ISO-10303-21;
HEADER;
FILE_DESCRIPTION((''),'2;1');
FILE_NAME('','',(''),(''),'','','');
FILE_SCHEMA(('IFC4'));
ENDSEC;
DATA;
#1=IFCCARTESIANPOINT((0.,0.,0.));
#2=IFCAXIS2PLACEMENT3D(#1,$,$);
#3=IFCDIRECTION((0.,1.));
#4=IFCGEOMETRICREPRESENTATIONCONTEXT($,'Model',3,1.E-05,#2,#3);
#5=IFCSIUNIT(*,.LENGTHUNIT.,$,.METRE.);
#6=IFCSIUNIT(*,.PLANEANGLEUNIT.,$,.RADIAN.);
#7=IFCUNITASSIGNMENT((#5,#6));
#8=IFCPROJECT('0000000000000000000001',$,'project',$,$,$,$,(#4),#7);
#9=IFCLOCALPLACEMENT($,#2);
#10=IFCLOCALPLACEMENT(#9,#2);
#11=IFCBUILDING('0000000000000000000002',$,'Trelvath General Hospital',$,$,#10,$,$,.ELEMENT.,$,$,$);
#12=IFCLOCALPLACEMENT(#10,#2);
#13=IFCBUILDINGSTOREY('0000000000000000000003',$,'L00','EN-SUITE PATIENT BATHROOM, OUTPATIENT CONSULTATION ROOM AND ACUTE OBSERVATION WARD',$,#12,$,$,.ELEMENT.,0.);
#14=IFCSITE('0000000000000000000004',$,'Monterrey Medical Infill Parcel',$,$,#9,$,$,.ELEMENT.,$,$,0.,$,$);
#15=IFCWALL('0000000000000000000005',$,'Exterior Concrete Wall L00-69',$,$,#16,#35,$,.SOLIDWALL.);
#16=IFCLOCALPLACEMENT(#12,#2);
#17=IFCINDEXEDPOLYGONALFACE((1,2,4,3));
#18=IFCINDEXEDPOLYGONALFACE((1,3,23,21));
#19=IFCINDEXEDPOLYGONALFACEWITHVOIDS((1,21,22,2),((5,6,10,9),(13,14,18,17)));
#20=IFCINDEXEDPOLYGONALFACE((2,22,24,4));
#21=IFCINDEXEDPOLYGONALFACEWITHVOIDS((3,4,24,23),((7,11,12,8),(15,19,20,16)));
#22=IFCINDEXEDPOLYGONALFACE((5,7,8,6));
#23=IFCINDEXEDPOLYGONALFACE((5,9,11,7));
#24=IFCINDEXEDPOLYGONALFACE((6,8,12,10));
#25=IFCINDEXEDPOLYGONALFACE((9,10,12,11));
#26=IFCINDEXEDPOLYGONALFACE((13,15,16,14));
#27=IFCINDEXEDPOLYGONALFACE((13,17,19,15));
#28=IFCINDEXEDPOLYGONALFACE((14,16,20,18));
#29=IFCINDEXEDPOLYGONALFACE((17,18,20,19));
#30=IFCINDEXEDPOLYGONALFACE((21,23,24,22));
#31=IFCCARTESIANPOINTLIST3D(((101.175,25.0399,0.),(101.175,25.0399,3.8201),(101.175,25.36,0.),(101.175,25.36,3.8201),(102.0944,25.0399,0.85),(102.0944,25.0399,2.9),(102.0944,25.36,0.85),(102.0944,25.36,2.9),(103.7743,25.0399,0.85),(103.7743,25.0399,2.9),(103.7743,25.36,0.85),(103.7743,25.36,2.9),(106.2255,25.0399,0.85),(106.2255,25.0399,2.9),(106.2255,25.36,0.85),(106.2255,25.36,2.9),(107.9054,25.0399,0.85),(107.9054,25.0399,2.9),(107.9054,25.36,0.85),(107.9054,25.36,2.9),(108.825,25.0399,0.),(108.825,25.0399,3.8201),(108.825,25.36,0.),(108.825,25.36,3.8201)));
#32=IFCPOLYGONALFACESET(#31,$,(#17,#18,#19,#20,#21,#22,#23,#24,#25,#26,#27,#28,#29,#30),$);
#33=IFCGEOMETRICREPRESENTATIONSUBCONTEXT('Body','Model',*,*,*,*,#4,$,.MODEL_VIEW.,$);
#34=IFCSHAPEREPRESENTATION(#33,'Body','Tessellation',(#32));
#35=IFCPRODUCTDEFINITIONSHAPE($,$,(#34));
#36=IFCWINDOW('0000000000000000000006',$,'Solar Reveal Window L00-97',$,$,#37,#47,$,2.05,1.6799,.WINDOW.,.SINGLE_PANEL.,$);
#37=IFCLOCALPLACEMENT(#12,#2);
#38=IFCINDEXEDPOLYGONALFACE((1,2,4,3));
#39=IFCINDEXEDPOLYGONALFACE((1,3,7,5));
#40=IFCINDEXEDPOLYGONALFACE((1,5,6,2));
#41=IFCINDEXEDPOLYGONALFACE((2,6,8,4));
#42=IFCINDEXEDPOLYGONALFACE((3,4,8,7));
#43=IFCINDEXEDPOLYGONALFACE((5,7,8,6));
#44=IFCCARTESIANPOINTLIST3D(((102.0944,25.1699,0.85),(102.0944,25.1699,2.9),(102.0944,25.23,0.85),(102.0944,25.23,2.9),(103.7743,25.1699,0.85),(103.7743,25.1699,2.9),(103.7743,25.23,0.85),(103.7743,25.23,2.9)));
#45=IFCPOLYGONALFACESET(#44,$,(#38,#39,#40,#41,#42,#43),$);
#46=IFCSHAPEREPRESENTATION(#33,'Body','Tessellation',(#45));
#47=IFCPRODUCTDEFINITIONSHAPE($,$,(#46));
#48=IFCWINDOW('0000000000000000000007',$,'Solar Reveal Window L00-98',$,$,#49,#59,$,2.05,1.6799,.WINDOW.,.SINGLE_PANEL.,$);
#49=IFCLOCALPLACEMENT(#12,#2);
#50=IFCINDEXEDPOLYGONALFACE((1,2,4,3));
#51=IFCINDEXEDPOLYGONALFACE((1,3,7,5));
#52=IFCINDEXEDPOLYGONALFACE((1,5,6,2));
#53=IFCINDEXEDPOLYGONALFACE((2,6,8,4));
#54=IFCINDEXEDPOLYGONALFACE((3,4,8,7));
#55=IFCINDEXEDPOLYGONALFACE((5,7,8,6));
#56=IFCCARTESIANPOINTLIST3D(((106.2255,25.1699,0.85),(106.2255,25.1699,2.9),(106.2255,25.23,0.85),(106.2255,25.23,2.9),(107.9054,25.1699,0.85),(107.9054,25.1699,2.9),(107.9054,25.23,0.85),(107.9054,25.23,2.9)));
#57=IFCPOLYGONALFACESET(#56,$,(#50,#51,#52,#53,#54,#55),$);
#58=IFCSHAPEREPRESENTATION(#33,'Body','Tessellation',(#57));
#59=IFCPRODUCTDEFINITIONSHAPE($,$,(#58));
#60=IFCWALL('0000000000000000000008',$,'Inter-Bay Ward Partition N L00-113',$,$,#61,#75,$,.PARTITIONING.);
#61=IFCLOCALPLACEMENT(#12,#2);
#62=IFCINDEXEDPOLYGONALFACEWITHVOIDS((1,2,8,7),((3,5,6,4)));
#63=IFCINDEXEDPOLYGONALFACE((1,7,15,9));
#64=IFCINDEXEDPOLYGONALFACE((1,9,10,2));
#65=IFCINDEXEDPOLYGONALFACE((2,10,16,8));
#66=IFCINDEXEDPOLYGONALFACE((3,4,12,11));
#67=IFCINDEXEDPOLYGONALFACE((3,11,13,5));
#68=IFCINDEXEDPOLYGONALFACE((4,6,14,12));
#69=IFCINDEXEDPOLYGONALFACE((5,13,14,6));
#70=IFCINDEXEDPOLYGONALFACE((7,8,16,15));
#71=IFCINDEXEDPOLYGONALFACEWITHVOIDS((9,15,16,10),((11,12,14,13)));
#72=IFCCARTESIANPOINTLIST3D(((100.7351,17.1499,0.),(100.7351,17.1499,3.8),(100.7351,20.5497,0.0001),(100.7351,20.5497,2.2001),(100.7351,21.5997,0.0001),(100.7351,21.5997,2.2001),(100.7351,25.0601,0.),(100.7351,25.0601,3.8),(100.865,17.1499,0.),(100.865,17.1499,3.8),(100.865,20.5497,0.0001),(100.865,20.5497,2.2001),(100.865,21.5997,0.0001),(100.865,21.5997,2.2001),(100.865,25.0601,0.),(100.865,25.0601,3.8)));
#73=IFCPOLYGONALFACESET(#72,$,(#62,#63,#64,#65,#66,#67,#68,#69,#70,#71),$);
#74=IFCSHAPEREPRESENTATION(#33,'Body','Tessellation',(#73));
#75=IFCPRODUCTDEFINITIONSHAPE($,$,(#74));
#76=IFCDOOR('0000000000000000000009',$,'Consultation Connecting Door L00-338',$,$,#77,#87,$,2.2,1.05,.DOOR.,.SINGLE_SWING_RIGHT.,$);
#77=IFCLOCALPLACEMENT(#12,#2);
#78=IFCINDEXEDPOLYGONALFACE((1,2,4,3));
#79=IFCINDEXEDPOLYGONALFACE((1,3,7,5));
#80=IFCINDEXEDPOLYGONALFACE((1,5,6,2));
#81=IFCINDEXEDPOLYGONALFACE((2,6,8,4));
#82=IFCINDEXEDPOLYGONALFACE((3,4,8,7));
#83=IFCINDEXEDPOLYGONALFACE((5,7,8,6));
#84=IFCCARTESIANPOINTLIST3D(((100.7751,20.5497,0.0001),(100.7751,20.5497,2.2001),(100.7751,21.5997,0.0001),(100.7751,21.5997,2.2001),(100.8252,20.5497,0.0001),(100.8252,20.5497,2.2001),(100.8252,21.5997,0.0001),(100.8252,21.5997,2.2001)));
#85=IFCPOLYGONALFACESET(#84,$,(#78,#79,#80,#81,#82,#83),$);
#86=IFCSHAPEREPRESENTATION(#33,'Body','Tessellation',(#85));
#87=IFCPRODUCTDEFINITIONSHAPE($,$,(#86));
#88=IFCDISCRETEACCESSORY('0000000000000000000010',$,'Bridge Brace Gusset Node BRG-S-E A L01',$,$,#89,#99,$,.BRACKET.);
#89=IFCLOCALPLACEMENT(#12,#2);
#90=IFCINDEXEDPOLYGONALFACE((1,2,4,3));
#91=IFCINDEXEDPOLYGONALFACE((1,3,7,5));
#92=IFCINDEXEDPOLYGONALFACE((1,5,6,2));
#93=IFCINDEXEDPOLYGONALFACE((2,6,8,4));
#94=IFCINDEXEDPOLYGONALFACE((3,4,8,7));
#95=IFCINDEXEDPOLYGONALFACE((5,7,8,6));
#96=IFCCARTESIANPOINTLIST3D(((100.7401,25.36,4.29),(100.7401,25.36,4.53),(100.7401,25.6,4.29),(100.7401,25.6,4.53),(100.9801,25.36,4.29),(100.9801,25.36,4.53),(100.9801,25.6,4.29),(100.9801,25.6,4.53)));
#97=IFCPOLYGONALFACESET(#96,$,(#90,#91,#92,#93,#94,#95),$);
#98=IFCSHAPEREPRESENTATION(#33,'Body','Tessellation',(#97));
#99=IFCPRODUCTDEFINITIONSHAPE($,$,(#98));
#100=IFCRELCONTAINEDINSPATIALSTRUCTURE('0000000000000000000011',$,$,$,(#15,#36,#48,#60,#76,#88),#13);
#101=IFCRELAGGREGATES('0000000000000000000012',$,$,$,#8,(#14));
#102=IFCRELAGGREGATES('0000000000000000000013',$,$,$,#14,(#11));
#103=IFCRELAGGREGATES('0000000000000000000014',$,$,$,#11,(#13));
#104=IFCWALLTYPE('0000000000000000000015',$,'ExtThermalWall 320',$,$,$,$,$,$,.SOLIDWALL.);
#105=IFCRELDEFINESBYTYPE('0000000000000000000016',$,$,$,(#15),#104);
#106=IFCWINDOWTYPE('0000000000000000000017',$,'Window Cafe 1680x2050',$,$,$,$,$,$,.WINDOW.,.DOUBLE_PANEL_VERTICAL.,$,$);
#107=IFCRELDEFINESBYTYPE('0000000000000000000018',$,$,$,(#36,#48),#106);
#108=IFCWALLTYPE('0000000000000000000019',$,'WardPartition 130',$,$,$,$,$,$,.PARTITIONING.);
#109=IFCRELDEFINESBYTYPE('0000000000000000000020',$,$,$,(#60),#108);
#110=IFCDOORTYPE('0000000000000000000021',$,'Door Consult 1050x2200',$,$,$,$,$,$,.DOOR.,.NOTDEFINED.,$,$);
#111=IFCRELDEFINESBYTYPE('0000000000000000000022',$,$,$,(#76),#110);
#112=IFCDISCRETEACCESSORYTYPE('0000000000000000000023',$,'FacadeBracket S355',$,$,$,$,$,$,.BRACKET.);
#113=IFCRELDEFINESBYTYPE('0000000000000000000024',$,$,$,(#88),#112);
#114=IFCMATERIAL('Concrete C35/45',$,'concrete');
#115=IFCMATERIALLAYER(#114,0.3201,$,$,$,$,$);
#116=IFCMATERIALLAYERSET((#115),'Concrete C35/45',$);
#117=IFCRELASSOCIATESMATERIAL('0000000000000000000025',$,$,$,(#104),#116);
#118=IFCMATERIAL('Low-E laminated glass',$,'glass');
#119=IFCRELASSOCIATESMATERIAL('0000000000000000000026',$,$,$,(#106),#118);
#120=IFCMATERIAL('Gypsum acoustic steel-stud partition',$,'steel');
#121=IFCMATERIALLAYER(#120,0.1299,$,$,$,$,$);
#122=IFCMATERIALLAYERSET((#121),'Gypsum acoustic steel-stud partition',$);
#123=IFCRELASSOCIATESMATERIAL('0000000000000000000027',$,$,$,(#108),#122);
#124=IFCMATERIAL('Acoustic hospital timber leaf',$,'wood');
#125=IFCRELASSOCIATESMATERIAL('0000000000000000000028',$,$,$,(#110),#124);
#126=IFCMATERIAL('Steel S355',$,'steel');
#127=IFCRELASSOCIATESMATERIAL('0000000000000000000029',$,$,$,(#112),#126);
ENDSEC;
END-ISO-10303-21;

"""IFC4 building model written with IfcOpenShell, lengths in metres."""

from ifc_helpers import new_model, si_unit, direction, frame, frame_2d, origin, origin_2d, place, context, subcontext, project, spatial, rectangle, extrude, material, layer, layer_set, type_object, element, fill, save


model = new_model("IFC4")

# Units and contexts
model_context = context("Model", 3, precision=1e-05, world=origin(), true_north=direction((0.0, 1.0)))
body_context = subcontext(model_context, "Body", "Model", "MODEL_VIEW")
ifc_project = project(units=[si_unit("LENGTHUNIT", "METRE"), si_unit("PLANEANGLEUNIT", "RADIAN")], contexts=[model_context])

# Site, building, storey
site_placement = place(None, origin())
site = spatial("IfcSite", under=ifc_project, at=site_placement, Name="Monterrey Medical Infill Parcel", CompositionType="ELEMENT", RefElevation=0.0)
building_placement = place(site_placement, origin())
building = spatial("IfcBuilding", under=site, at=building_placement, Name="Trelvath General Hospital", CompositionType="ELEMENT")
storey_placement = place(building_placement, origin())
storey = spatial("IfcBuildingStorey", under=building, at=storey_placement, Name="L00", Description="EN-SUITE PATIENT BATHROOM, OUTPATIENT CONSULTATION ROOM AND ACUTE OBSERVATION WARD", CompositionType="ELEMENT", Elevation=0.0)

# Wall, openings, windows
ifc_material_1 = material(Name="Concrete C35/45", Category="concrete")
ifc_layer_1 = layer(ifc_material_1, 0.3201)
ifc_layer_set_1 = layer_set([ifc_layer_1], Name="Concrete C35/45")
wall_type_1 = type_object("IfcWallType", Name="ExtThermalWall 320", PredefinedType="SOLIDWALL", material=ifc_layer_set_1)
wall_1_placement = place(storey_placement, frame((101.175, 25.2, 0.0), z_axis=(0.0, 0.0, 1.0), x_axis=(1.0, 0.0, 0.0)))
wall_1 = element("IfcWall", 1, at=wall_1_placement, inside=storey, type_object=wall_type_1, Name="Exterior Concrete Wall L00-69", PredefinedType="SOLIDWALL", context=body_context, shape_type="SweptSolid", body=[
    extrude(rectangle(XDim=7.6499, YDim=0.3201, at=frame_2d((3.825, 0.0))), origin(), (0.0, 0.0, 1.0), 3.8201),
])
opening_1_placement = place(wall_1_placement, frame((0.9194, 0.0, 0.8501)))
opening_1 = element("IfcOpeningElement", 2, at=opening_1_placement, cuts=wall_1, PredefinedType="OPENING", context=body_context, shape_type="SweptSolid", body=[
    extrude(rectangle(XDim=1.6799, YDim=2.05, at=frame_2d((0.8398, 1.0249))), frame((0.0, 0.1699, 0.0), z_axis=(0.0, -1.0, 0.0), x_axis=(1.0, 0.0, 0.0)), (0.0, 0.0, 1.0), 0.3401),
])
opening_2_placement = place(wall_1_placement, frame((5.0505, 0.0, 0.8501)))
opening_2 = element("IfcOpeningElement", 3, at=opening_2_placement, cuts=wall_1, PredefinedType="OPENING", context=body_context, shape_type="SweptSolid", body=[
    extrude(rectangle(XDim=1.6799, YDim=2.05, at=frame_2d((0.8398, 1.0249))), frame((0.0, 0.1699, 0.0), z_axis=(0.0, -1.0, 0.0), x_axis=(1.0, 0.0, 0.0)), (0.0, 0.0, 1.0), 0.3401),
])
ifc_material_2 = material(Name="Low-E laminated glass", Category="glass")
window_type = type_object("IfcWindowType", Name="Window Cafe 1680x2050", PartitioningType="DOUBLE_PANEL_VERTICAL", PredefinedType="WINDOW", material=ifc_material_2)
window_1_placement = place(opening_1_placement, origin())
window_1 = element("IfcWindow", 4, at=window_1_placement, inside=storey, type_object=window_type, Name="Solar Reveal Window L00-97", OverallHeight=2.05, OverallWidth=1.6799, PartitioningType="SINGLE_PANEL", PredefinedType="WINDOW", context=body_context, shape_type="SweptSolid", body=[
    extrude(rectangle(XDim=1.6799, YDim=2.05, at=frame_2d((0.8398, 1.0249))), frame((0.0, 0.03, 0.0), z_axis=(0.0, -1.0, 0.0), x_axis=(1.0, 0.0, 0.0)), (0.0, 0.0, 1.0), 0.0601),
])
fill(opening_1, window_1)
window_2_placement = place(opening_2_placement, origin())
window_2 = element("IfcWindow", 5, at=window_2_placement, inside=storey, type_object=window_type, Name="Solar Reveal Window L00-98", OverallHeight=2.05, OverallWidth=1.6799, PartitioningType="SINGLE_PANEL", PredefinedType="WINDOW", context=body_context, shape_type="SweptSolid", body=[
    extrude(rectangle(XDim=1.6799, YDim=2.05, at=frame_2d((0.8398, 1.0249))), frame((0.0, 0.03, 0.0), z_axis=(0.0, -1.0, 0.0), x_axis=(1.0, 0.0, 0.0)), (0.0, 0.0, 1.0), 0.0601),
])
fill(opening_2, window_2)

# Wall, opening, door
ifc_material_3 = material(Name="Gypsum acoustic steel-stud partition", Category="steel")
ifc_layer_2 = layer(ifc_material_3, 0.1299)
ifc_layer_set_2 = layer_set([ifc_layer_2], Name="Gypsum acoustic steel-stud partition")
wall_type_2 = type_object("IfcWallType", Name="WardPartition 130", PredefinedType="PARTITIONING", material=ifc_layer_set_2)
wall_2_placement = place(storey_placement, frame((100.8, 17.1499, 0.0), z_axis=(0.0, 0.0, 1.0), x_axis=(0.0, 1.0, 0.0)))
wall_2 = element("IfcWall", 6, at=wall_2_placement, inside=storey, type_object=wall_type_2, Name="Inter-Bay Ward Partition N L00-113", PredefinedType="PARTITIONING", context=body_context, shape_type="SweptSolid", body=[
    extrude(rectangle(XDim=7.9102, YDim=0.1299, at=frame_2d((3.9551, 0.0))), origin(), (0.0, 0.0, 1.0), 3.8),
])
opening_3_placement = place(wall_2_placement, frame((3.3999, 0.0, 0.0)))
opening_3 = element("IfcOpeningElement", 7, at=opening_3_placement, cuts=wall_2, PredefinedType="OPENING", context=body_context, shape_type="SweptSolid", body=[
    extrude(rectangle(XDim=1.05, YDim=2.2, at=frame_2d((0.5249, 1.1001))), frame((0.0, 0.075, 0.0), z_axis=(0.0, -1.0, 0.0), x_axis=(1.0, 0.0, 0.0)), (0.0, 0.0, 1.0), 0.1499),
])
ifc_material_4 = material(Name="Acoustic hospital timber leaf", Category="wood")
door_type = type_object("IfcDoorType", Name="Door Consult 1050x2200", OperationType="NOTDEFINED", PredefinedType="DOOR", material=ifc_material_4)
door_placement = place(opening_3_placement, origin())
door = element("IfcDoor", 8, at=door_placement, inside=storey, type_object=door_type, Name="Consultation Connecting Door L00-338", OperationType="SINGLE_SWING_RIGHT", OverallHeight=2.2, OverallWidth=1.05, PredefinedType="DOOR", context=body_context, shape_type="SweptSolid", body=[
    extrude(rectangle(XDim=1.05, YDim=2.2, at=frame_2d((0.5249, 1.1001))), frame((0.0, 0.0249, 0.0), z_axis=(0.0, -1.0, 0.0), x_axis=(1.0, 0.0, 0.0)), (0.0, 0.0, 1.0), 0.05),
])
fill(opening_3, door)

# Discrete accessory
ifc_material_5 = material(Name="Steel S355", Category="steel")
discrete_accessory_type = type_object("IfcDiscreteAccessoryType", Name="FacadeBracket S355", PredefinedType="BRACKET", material=ifc_material_5)
discrete_accessory_placement = place(storey_placement, frame((100.8601, 25.48, 4.29), z_axis=(0.0, 0.0, 1.0), x_axis=(1.0, 0.0, 0.0)))
element("IfcDiscreteAccessory", 9, at=discrete_accessory_placement, inside=storey, type_object=discrete_accessory_type, Name="Bridge Brace Gusset Node BRG-S-E A L01", PredefinedType="BRACKET", context=body_context, shape_type="SweptSolid", body=[
    extrude(rectangle(XDim=0.24, YDim=0.24, at=origin_2d()), origin(), (0.0, 0.0, 1.0), 0.24),
])

save(model, "model.ifc")
